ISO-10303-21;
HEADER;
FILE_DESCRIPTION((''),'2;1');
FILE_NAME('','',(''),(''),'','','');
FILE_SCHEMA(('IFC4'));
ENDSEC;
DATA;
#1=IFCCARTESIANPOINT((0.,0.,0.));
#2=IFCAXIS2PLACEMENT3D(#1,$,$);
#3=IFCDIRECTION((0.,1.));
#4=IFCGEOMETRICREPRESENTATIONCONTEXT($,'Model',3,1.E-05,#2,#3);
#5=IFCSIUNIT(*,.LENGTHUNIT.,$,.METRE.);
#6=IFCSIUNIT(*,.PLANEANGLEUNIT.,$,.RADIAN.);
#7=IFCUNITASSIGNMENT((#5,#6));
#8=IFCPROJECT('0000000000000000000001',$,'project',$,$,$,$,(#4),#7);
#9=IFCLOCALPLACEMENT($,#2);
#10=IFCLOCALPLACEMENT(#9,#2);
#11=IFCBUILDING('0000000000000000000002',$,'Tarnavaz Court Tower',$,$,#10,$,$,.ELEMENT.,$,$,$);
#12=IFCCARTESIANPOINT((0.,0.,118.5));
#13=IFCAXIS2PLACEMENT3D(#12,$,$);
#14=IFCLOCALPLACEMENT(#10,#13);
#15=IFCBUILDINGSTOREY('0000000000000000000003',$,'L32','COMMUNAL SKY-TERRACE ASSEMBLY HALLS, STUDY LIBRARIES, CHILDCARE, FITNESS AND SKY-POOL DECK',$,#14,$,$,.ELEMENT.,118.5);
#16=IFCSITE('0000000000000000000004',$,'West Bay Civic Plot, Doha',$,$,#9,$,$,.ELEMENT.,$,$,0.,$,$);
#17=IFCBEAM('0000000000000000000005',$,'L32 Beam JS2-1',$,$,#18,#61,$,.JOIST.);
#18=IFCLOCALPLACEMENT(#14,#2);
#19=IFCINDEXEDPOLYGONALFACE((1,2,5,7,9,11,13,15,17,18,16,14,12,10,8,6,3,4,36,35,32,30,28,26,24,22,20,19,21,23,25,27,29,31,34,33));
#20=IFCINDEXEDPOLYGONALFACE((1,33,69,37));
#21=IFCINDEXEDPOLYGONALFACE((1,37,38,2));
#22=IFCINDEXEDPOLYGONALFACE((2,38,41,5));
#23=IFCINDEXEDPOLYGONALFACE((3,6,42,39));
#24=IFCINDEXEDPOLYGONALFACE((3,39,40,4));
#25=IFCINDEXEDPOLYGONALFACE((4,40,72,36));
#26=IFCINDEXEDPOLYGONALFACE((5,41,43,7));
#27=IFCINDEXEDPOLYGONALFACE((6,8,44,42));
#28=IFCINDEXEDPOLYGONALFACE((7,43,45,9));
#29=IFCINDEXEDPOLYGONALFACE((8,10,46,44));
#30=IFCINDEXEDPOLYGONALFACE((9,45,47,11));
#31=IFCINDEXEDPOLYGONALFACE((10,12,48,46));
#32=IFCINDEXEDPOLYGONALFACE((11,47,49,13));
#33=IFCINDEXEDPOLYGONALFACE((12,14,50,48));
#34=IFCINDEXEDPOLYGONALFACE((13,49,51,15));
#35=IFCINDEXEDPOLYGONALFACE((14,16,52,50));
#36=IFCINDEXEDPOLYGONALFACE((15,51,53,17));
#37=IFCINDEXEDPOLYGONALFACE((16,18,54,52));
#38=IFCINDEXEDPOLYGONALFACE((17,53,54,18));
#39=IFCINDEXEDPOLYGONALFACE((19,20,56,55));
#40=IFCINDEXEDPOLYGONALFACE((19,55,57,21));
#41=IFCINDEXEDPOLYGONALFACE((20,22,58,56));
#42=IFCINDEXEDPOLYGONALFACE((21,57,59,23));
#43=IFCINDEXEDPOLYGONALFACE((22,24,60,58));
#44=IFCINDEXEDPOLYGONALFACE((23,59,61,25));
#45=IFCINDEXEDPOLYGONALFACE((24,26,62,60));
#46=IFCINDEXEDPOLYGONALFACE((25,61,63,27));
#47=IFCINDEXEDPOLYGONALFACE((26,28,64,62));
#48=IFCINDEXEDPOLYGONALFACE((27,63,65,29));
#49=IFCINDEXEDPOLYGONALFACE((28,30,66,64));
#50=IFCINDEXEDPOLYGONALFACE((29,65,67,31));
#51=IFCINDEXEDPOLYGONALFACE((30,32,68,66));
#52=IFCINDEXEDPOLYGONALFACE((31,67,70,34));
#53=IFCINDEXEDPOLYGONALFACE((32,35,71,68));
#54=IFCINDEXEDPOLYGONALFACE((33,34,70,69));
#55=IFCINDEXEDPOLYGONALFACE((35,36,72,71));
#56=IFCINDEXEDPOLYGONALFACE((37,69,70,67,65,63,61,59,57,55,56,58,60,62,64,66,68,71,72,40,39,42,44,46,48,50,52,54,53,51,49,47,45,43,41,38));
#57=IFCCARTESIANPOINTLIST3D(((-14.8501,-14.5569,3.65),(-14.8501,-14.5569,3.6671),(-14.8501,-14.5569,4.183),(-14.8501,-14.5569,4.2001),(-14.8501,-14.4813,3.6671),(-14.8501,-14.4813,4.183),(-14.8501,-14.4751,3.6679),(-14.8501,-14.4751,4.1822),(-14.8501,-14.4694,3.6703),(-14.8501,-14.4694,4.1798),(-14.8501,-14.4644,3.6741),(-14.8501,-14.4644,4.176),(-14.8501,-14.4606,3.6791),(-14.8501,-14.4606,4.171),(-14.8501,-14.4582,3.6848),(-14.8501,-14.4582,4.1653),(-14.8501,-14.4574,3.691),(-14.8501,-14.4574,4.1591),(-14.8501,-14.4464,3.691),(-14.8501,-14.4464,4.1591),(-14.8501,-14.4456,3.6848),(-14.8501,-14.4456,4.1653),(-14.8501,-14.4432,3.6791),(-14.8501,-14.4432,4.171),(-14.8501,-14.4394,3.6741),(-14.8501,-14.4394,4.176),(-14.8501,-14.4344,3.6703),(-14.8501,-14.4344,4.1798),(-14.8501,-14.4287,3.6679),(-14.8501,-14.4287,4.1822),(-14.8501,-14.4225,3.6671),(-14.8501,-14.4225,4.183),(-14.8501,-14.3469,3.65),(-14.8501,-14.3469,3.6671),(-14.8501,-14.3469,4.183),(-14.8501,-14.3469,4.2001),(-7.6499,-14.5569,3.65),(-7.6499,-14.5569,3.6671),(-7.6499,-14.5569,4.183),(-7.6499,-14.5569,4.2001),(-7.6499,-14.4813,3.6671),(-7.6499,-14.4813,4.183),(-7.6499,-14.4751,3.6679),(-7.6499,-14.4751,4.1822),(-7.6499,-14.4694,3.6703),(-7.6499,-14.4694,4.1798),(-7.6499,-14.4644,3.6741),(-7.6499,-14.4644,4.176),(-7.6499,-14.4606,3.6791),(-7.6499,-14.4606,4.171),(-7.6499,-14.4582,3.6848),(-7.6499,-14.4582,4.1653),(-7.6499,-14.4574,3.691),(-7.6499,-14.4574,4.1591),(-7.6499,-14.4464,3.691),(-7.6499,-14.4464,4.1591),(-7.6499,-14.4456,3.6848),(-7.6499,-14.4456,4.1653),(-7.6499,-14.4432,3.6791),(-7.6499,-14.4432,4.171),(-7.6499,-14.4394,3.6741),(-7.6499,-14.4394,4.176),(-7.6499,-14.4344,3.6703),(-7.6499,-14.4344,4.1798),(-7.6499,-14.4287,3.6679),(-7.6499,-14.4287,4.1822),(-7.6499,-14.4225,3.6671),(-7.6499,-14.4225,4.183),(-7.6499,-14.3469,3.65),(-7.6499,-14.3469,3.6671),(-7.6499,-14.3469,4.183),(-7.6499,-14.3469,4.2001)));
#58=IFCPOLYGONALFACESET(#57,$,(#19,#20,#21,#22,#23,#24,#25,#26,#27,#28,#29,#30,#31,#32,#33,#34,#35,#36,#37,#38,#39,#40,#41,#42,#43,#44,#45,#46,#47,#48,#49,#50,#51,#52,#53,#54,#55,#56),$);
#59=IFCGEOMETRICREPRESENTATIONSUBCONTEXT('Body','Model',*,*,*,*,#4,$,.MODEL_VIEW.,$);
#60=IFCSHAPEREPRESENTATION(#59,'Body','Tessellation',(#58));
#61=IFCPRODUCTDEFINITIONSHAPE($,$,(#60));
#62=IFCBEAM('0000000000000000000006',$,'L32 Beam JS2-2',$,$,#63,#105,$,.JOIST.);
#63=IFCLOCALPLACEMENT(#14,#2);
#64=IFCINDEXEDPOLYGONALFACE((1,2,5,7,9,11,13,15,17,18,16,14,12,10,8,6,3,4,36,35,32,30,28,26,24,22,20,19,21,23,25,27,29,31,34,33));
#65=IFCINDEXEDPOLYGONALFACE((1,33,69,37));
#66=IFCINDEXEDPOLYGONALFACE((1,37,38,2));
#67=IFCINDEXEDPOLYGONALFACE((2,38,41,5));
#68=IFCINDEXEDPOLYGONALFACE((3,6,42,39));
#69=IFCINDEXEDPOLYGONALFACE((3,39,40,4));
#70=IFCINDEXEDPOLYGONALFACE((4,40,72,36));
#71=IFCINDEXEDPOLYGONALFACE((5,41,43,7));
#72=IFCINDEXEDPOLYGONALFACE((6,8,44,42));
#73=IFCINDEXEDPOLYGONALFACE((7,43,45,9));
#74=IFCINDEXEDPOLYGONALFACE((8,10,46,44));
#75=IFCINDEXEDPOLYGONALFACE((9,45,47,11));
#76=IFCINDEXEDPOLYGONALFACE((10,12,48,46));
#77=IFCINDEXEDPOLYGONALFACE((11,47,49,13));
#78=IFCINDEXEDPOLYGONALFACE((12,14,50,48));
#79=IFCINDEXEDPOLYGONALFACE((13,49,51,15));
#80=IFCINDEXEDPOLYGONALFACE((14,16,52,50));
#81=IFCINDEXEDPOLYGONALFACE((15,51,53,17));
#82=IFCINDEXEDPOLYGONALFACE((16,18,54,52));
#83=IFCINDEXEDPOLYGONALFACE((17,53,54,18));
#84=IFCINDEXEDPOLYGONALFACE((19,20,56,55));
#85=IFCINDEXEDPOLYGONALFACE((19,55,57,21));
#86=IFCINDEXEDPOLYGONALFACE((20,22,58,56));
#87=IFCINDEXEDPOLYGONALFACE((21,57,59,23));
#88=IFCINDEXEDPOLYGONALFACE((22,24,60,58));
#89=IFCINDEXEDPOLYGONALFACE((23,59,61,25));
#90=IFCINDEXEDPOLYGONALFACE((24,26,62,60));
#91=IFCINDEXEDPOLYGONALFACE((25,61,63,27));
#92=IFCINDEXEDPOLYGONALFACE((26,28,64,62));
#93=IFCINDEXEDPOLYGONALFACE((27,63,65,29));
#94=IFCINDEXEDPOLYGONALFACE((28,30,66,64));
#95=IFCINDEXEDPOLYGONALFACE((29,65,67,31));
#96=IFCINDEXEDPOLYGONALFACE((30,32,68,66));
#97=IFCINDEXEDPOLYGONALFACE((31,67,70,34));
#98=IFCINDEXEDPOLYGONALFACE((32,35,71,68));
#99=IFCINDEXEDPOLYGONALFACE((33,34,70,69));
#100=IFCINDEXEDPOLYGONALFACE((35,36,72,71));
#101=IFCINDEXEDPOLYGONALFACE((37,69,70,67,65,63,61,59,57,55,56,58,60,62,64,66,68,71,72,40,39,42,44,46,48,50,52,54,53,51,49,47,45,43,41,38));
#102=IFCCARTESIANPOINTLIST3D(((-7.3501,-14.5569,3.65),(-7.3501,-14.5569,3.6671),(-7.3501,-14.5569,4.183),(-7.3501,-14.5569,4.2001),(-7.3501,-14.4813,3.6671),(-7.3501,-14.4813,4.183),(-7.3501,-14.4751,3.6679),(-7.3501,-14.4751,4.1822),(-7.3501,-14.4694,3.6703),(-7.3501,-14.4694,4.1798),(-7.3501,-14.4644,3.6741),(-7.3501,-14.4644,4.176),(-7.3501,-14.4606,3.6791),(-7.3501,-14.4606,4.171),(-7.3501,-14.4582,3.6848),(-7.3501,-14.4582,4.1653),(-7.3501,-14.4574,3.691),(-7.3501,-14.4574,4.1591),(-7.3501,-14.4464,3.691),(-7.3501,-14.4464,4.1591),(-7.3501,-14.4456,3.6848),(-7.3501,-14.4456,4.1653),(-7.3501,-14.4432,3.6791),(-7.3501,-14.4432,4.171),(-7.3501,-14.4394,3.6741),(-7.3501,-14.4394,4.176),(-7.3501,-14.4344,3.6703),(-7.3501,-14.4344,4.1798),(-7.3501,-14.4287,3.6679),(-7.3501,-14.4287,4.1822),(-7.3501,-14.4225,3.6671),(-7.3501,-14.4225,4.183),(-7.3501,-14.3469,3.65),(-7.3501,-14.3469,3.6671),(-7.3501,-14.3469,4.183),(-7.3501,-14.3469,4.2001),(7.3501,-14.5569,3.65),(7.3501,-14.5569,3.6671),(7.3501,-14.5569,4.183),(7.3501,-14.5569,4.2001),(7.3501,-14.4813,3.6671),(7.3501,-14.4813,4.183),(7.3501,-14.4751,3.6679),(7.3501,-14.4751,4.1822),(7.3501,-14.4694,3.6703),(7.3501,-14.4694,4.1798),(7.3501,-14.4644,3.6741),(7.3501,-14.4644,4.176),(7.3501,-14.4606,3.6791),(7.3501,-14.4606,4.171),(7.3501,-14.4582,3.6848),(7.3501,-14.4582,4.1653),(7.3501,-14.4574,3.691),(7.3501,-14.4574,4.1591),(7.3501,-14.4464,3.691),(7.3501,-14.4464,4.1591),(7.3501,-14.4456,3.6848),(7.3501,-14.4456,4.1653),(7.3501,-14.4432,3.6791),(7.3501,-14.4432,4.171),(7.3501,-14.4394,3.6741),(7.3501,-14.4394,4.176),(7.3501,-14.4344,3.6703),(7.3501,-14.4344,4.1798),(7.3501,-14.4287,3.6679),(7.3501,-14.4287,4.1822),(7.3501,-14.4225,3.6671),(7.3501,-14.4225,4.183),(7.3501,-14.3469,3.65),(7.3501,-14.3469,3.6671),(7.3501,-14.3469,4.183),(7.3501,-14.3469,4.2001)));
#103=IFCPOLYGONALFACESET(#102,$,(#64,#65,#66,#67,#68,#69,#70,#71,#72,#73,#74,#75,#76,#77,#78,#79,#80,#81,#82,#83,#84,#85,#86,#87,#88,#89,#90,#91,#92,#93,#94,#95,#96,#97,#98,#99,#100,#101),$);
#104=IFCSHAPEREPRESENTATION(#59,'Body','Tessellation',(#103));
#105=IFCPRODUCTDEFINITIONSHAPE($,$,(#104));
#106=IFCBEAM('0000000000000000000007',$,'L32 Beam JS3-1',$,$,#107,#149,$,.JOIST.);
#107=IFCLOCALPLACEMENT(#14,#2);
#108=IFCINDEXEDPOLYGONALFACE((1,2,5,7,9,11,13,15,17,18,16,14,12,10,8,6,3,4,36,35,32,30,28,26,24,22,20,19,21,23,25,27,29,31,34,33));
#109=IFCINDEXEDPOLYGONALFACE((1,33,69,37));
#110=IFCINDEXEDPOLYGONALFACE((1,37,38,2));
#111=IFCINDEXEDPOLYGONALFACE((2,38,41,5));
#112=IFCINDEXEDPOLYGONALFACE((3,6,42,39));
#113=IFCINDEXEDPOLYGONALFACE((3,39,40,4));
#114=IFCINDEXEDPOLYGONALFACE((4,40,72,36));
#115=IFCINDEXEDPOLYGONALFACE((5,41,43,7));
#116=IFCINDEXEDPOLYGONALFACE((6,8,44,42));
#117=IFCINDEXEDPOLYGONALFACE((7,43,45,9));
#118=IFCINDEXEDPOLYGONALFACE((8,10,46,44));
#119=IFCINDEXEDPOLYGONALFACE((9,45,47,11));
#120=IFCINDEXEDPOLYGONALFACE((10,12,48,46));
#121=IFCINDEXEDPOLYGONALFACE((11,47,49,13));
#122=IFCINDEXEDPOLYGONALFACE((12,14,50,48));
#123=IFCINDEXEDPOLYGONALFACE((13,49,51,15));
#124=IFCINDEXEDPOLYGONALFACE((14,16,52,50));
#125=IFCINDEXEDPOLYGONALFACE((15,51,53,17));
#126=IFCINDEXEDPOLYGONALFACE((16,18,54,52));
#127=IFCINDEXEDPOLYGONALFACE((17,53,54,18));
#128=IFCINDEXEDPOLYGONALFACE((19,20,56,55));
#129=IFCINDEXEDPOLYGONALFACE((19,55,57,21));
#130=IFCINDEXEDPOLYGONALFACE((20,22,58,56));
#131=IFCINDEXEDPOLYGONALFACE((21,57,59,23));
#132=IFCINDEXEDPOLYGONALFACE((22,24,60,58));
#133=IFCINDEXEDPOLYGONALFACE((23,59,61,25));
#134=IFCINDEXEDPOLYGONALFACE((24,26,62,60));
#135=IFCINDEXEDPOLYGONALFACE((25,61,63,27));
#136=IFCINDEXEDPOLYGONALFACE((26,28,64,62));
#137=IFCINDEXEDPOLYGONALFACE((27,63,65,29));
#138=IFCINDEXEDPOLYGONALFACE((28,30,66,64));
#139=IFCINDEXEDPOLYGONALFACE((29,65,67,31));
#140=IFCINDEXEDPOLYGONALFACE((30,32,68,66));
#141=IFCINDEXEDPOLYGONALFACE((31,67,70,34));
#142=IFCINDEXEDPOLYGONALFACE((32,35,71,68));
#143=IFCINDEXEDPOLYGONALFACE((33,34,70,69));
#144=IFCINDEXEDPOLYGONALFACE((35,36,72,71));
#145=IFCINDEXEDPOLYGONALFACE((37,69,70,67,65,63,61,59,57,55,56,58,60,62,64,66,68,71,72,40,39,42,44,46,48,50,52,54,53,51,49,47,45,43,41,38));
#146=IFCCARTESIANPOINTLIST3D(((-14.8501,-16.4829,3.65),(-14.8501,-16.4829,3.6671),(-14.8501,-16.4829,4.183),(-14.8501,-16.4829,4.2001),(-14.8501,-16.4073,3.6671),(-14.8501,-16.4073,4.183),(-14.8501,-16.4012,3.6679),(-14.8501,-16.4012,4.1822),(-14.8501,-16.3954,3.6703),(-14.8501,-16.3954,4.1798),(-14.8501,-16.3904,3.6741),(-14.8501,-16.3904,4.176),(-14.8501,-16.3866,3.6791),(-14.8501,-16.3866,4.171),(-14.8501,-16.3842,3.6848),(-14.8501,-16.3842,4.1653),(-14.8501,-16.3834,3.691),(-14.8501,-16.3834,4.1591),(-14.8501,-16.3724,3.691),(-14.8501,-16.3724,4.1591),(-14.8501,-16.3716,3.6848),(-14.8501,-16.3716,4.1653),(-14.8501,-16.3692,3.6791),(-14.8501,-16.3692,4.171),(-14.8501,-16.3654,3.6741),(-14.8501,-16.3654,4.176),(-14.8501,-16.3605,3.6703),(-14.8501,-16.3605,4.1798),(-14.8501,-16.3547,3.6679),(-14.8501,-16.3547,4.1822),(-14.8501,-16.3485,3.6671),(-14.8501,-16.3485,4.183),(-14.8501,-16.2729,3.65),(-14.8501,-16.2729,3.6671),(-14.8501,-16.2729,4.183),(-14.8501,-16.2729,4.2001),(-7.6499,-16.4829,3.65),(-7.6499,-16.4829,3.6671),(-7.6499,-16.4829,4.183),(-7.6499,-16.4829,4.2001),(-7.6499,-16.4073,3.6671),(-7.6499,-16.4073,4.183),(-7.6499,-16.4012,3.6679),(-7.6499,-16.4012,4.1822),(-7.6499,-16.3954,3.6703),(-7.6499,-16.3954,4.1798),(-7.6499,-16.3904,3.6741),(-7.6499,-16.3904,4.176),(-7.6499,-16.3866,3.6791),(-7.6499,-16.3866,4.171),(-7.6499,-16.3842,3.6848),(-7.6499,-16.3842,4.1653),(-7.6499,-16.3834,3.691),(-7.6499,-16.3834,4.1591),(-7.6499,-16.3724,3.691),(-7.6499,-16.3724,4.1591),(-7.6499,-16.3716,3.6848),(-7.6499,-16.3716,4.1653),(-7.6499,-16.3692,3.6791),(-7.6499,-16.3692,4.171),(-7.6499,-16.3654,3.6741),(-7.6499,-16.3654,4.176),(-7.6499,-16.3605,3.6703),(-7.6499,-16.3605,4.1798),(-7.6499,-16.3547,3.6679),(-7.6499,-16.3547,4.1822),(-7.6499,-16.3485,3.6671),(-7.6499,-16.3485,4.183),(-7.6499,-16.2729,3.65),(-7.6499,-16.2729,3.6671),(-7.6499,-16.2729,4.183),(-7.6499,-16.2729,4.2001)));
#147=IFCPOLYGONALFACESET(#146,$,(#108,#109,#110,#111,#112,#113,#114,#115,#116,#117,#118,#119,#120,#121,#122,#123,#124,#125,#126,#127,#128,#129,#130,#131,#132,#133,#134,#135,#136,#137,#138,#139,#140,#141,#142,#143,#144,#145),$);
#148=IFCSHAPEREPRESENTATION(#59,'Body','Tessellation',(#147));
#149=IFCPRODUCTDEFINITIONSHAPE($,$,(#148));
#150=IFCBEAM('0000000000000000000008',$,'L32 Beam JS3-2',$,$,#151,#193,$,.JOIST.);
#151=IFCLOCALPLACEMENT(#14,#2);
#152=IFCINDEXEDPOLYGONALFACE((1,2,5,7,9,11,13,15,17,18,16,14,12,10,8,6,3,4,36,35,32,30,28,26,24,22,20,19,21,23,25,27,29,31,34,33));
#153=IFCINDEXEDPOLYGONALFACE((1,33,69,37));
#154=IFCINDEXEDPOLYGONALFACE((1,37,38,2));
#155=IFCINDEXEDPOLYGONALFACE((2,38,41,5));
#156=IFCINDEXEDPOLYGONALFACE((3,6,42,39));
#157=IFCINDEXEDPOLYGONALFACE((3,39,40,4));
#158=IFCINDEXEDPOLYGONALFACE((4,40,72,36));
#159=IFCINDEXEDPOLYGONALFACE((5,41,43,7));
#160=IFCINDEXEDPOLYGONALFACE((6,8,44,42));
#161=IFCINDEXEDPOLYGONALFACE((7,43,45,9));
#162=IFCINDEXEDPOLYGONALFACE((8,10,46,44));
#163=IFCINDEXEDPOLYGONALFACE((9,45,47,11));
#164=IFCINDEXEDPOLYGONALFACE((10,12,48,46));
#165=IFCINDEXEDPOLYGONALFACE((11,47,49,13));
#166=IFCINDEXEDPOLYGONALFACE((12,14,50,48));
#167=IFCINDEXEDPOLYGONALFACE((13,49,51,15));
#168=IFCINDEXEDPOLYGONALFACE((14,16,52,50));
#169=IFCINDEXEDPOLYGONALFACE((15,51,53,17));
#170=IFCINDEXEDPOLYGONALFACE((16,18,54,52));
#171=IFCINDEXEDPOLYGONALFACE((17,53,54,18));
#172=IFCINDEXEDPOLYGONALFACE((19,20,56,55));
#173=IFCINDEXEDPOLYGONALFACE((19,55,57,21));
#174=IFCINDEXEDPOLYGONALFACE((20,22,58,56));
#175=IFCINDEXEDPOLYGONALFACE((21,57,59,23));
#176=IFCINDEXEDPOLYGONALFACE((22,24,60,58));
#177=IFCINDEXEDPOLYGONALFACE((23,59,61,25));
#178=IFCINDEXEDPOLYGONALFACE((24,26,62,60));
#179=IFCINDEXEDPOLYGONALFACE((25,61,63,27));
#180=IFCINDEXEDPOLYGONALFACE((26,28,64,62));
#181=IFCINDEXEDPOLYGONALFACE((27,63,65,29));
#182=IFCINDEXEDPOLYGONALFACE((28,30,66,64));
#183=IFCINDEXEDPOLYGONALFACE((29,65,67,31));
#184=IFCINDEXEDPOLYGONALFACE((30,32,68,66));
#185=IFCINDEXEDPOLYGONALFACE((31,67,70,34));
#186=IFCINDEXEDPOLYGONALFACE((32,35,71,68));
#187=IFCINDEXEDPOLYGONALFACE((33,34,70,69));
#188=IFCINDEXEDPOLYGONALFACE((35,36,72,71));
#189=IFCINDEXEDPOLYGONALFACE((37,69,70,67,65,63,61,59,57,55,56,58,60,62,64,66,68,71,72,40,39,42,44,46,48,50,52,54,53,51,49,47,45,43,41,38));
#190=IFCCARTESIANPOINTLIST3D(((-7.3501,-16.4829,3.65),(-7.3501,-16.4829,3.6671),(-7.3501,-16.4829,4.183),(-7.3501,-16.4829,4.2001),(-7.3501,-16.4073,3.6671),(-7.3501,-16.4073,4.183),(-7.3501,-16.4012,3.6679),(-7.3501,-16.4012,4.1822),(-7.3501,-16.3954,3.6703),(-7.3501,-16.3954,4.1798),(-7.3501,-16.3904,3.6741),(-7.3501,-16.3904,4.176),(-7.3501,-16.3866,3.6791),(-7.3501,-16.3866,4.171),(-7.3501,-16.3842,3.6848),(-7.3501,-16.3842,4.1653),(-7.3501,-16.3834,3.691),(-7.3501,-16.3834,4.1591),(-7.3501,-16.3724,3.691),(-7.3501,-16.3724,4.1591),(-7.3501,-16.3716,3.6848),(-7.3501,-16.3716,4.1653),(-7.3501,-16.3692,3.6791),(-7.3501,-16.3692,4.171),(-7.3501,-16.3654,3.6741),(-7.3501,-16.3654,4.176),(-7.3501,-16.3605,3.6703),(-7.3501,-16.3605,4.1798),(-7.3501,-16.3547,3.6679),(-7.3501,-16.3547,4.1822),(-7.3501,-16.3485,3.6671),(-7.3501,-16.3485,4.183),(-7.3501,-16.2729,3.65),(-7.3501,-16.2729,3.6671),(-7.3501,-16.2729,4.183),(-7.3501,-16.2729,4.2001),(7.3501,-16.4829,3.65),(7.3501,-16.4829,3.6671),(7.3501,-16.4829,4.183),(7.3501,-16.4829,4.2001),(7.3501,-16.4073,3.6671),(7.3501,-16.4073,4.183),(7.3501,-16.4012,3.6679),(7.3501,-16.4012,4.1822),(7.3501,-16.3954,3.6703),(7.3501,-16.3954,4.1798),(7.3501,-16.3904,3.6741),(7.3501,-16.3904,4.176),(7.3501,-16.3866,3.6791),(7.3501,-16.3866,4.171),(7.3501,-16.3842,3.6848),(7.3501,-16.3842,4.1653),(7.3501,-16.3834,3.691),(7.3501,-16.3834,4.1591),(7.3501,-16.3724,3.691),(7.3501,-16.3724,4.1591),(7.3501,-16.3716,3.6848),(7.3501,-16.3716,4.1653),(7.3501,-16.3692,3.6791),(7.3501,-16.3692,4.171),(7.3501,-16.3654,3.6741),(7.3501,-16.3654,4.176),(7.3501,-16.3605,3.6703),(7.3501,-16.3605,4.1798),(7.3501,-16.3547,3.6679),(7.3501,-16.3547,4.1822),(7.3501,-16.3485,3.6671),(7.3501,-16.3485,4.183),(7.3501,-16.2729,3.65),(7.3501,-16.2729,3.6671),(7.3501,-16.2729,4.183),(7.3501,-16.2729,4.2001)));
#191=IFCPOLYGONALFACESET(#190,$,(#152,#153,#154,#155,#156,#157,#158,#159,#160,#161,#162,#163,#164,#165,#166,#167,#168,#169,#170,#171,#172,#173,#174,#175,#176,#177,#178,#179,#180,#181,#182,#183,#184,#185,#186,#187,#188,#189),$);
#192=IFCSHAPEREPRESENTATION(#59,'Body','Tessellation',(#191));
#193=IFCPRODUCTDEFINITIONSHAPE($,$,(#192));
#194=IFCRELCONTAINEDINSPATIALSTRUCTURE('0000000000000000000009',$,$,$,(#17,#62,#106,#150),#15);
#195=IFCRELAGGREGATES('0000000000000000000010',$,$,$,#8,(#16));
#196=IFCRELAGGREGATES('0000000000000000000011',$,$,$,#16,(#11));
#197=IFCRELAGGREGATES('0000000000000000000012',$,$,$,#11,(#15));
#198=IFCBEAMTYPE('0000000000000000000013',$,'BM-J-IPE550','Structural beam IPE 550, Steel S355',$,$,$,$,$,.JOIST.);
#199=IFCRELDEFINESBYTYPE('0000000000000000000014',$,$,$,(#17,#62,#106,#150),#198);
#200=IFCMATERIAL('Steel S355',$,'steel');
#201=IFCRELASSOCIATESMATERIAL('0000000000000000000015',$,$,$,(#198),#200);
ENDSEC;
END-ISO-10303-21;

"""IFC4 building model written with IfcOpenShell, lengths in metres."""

from ifc_helpers import new_model, si_unit, direction, frame, origin, origin_2d, place, context, subcontext, project, spatial, i_section, extrude, material, material_profile, profile_set, type_object, element, save


model = new_model("IFC4")

# Units and contexts
model_context = context("Model", 3, precision=1e-05, world=origin(), true_north=direction((0.0, 1.0)))
body_context = subcontext(model_context, "Body", "Model", "MODEL_VIEW")
ifc_project = project(units=[si_unit("LENGTHUNIT", "METRE"), si_unit("PLANEANGLEUNIT", "RADIAN")], contexts=[model_context])

# Site, building, storey
site_placement = place(None, origin())
site = spatial("IfcSite", under=ifc_project, at=site_placement, Name="West Bay Civic Plot, Doha", CompositionType="ELEMENT", RefElevation=0.0)
building_placement = place(site_placement, origin())
building = spatial("IfcBuilding", under=site, at=building_placement, Name="Tarnavaz Court Tower", CompositionType="ELEMENT")
storey_placement = place(building_placement, frame((0.0, 0.0, 118.5)))
storey = spatial("IfcBuildingStorey", under=building, at=storey_placement, Name="L32", Description="COMMUNAL SKY-TERRACE ASSEMBLY HALLS, STUDY LIBRARIES, CHILDCARE, FITNESS AND SKY-POOL DECK", CompositionType="ELEMENT", Elevation=118.5)

# Beams
ifc_material_1 = material(Name="Steel S355", Category="steel")
ifc_material_profile_1 = material_profile(ifc_material_1, i_section(OverallWidth=0.21, OverallDepth=0.55, WebThickness=0.011, FlangeThickness=0.0171, FilletRadius=0.0239, at=origin_2d()), Name="IPE 550")
ifc_profile_set_1 = profile_set([ifc_material_profile_1], Name="Steel S355")
beam_type_1 = type_object("IfcBeamType", Name="BM-J-IPE550", Description="Structural beam IPE 550, Steel S355", PredefinedType="JOIST", material=ifc_profile_set_1)
beam_1_placement = place(storey_placement, frame((-14.8501, -14.4519, 3.925), z_axis=(1.0, 0.0, 0.0), x_axis=(0.0, 1.0, 0.0)))
element("IfcBeam", 1, at=beam_1_placement, inside=storey, type_object=beam_type_1, Name="L32 Beam JS2-1", PredefinedType="JOIST", context=body_context, shape_type="SweptSolid", body=[
    extrude(i_section(OverallWidth=0.21, OverallDepth=0.55, WebThickness=0.011, FlangeThickness=0.0171, FilletRadius=0.0239, at=origin_2d()), origin(), (0.0, 0.0, 1.0), 7.2002),
])
beam_2_placement = place(storey_placement, frame((-7.3501, -14.4519, 3.925), z_axis=(1.0, 0.0, 0.0), x_axis=(0.0, 1.0, 0.0)))
element("IfcBeam", 2, at=beam_2_placement, inside=storey, type_object=beam_type_1, Name="L32 Beam JS2-2", PredefinedType="JOIST", context=body_context, shape_type="SweptSolid", body=[
    extrude(i_section(OverallWidth=0.21, OverallDepth=0.55, WebThickness=0.011, FlangeThickness=0.0171, FilletRadius=0.0239, at=origin_2d()), origin(), (0.0, 0.0, 1.0), 14.7002),
])
beam_3_placement = place(storey_placement, frame((-14.8501, -16.3779, 3.925), z_axis=(1.0, 0.0, 0.0), x_axis=(0.0, 1.0, 0.0)))
element("IfcBeam", 3, at=beam_3_placement, inside=storey, type_object=beam_type_1, Name="L32 Beam JS3-1", PredefinedType="JOIST", context=body_context, shape_type="SweptSolid", body=[
    extrude(i_section(OverallWidth=0.21, OverallDepth=0.55, WebThickness=0.011, FlangeThickness=0.0171, FilletRadius=0.0239, at=origin_2d()), origin(), (0.0, 0.0, 1.0), 7.2002),
])
beam_4_placement = place(storey_placement, frame((-7.3501, -16.3779, 3.925), z_axis=(1.0, 0.0, 0.0), x_axis=(0.0, 1.0, 0.0)))
element("IfcBeam", 4, at=beam_4_placement, inside=storey, type_object=beam_type_1, Name="L32 Beam JS3-2", PredefinedType="JOIST", context=body_context, shape_type="SweptSolid", body=[
    extrude(i_section(OverallWidth=0.21, OverallDepth=0.55, WebThickness=0.011, FlangeThickness=0.0171, FilletRadius=0.0239, at=origin_2d()), origin(), (0.0, 0.0, 1.0), 14.7002),
])

save(model, "model.ifc")
